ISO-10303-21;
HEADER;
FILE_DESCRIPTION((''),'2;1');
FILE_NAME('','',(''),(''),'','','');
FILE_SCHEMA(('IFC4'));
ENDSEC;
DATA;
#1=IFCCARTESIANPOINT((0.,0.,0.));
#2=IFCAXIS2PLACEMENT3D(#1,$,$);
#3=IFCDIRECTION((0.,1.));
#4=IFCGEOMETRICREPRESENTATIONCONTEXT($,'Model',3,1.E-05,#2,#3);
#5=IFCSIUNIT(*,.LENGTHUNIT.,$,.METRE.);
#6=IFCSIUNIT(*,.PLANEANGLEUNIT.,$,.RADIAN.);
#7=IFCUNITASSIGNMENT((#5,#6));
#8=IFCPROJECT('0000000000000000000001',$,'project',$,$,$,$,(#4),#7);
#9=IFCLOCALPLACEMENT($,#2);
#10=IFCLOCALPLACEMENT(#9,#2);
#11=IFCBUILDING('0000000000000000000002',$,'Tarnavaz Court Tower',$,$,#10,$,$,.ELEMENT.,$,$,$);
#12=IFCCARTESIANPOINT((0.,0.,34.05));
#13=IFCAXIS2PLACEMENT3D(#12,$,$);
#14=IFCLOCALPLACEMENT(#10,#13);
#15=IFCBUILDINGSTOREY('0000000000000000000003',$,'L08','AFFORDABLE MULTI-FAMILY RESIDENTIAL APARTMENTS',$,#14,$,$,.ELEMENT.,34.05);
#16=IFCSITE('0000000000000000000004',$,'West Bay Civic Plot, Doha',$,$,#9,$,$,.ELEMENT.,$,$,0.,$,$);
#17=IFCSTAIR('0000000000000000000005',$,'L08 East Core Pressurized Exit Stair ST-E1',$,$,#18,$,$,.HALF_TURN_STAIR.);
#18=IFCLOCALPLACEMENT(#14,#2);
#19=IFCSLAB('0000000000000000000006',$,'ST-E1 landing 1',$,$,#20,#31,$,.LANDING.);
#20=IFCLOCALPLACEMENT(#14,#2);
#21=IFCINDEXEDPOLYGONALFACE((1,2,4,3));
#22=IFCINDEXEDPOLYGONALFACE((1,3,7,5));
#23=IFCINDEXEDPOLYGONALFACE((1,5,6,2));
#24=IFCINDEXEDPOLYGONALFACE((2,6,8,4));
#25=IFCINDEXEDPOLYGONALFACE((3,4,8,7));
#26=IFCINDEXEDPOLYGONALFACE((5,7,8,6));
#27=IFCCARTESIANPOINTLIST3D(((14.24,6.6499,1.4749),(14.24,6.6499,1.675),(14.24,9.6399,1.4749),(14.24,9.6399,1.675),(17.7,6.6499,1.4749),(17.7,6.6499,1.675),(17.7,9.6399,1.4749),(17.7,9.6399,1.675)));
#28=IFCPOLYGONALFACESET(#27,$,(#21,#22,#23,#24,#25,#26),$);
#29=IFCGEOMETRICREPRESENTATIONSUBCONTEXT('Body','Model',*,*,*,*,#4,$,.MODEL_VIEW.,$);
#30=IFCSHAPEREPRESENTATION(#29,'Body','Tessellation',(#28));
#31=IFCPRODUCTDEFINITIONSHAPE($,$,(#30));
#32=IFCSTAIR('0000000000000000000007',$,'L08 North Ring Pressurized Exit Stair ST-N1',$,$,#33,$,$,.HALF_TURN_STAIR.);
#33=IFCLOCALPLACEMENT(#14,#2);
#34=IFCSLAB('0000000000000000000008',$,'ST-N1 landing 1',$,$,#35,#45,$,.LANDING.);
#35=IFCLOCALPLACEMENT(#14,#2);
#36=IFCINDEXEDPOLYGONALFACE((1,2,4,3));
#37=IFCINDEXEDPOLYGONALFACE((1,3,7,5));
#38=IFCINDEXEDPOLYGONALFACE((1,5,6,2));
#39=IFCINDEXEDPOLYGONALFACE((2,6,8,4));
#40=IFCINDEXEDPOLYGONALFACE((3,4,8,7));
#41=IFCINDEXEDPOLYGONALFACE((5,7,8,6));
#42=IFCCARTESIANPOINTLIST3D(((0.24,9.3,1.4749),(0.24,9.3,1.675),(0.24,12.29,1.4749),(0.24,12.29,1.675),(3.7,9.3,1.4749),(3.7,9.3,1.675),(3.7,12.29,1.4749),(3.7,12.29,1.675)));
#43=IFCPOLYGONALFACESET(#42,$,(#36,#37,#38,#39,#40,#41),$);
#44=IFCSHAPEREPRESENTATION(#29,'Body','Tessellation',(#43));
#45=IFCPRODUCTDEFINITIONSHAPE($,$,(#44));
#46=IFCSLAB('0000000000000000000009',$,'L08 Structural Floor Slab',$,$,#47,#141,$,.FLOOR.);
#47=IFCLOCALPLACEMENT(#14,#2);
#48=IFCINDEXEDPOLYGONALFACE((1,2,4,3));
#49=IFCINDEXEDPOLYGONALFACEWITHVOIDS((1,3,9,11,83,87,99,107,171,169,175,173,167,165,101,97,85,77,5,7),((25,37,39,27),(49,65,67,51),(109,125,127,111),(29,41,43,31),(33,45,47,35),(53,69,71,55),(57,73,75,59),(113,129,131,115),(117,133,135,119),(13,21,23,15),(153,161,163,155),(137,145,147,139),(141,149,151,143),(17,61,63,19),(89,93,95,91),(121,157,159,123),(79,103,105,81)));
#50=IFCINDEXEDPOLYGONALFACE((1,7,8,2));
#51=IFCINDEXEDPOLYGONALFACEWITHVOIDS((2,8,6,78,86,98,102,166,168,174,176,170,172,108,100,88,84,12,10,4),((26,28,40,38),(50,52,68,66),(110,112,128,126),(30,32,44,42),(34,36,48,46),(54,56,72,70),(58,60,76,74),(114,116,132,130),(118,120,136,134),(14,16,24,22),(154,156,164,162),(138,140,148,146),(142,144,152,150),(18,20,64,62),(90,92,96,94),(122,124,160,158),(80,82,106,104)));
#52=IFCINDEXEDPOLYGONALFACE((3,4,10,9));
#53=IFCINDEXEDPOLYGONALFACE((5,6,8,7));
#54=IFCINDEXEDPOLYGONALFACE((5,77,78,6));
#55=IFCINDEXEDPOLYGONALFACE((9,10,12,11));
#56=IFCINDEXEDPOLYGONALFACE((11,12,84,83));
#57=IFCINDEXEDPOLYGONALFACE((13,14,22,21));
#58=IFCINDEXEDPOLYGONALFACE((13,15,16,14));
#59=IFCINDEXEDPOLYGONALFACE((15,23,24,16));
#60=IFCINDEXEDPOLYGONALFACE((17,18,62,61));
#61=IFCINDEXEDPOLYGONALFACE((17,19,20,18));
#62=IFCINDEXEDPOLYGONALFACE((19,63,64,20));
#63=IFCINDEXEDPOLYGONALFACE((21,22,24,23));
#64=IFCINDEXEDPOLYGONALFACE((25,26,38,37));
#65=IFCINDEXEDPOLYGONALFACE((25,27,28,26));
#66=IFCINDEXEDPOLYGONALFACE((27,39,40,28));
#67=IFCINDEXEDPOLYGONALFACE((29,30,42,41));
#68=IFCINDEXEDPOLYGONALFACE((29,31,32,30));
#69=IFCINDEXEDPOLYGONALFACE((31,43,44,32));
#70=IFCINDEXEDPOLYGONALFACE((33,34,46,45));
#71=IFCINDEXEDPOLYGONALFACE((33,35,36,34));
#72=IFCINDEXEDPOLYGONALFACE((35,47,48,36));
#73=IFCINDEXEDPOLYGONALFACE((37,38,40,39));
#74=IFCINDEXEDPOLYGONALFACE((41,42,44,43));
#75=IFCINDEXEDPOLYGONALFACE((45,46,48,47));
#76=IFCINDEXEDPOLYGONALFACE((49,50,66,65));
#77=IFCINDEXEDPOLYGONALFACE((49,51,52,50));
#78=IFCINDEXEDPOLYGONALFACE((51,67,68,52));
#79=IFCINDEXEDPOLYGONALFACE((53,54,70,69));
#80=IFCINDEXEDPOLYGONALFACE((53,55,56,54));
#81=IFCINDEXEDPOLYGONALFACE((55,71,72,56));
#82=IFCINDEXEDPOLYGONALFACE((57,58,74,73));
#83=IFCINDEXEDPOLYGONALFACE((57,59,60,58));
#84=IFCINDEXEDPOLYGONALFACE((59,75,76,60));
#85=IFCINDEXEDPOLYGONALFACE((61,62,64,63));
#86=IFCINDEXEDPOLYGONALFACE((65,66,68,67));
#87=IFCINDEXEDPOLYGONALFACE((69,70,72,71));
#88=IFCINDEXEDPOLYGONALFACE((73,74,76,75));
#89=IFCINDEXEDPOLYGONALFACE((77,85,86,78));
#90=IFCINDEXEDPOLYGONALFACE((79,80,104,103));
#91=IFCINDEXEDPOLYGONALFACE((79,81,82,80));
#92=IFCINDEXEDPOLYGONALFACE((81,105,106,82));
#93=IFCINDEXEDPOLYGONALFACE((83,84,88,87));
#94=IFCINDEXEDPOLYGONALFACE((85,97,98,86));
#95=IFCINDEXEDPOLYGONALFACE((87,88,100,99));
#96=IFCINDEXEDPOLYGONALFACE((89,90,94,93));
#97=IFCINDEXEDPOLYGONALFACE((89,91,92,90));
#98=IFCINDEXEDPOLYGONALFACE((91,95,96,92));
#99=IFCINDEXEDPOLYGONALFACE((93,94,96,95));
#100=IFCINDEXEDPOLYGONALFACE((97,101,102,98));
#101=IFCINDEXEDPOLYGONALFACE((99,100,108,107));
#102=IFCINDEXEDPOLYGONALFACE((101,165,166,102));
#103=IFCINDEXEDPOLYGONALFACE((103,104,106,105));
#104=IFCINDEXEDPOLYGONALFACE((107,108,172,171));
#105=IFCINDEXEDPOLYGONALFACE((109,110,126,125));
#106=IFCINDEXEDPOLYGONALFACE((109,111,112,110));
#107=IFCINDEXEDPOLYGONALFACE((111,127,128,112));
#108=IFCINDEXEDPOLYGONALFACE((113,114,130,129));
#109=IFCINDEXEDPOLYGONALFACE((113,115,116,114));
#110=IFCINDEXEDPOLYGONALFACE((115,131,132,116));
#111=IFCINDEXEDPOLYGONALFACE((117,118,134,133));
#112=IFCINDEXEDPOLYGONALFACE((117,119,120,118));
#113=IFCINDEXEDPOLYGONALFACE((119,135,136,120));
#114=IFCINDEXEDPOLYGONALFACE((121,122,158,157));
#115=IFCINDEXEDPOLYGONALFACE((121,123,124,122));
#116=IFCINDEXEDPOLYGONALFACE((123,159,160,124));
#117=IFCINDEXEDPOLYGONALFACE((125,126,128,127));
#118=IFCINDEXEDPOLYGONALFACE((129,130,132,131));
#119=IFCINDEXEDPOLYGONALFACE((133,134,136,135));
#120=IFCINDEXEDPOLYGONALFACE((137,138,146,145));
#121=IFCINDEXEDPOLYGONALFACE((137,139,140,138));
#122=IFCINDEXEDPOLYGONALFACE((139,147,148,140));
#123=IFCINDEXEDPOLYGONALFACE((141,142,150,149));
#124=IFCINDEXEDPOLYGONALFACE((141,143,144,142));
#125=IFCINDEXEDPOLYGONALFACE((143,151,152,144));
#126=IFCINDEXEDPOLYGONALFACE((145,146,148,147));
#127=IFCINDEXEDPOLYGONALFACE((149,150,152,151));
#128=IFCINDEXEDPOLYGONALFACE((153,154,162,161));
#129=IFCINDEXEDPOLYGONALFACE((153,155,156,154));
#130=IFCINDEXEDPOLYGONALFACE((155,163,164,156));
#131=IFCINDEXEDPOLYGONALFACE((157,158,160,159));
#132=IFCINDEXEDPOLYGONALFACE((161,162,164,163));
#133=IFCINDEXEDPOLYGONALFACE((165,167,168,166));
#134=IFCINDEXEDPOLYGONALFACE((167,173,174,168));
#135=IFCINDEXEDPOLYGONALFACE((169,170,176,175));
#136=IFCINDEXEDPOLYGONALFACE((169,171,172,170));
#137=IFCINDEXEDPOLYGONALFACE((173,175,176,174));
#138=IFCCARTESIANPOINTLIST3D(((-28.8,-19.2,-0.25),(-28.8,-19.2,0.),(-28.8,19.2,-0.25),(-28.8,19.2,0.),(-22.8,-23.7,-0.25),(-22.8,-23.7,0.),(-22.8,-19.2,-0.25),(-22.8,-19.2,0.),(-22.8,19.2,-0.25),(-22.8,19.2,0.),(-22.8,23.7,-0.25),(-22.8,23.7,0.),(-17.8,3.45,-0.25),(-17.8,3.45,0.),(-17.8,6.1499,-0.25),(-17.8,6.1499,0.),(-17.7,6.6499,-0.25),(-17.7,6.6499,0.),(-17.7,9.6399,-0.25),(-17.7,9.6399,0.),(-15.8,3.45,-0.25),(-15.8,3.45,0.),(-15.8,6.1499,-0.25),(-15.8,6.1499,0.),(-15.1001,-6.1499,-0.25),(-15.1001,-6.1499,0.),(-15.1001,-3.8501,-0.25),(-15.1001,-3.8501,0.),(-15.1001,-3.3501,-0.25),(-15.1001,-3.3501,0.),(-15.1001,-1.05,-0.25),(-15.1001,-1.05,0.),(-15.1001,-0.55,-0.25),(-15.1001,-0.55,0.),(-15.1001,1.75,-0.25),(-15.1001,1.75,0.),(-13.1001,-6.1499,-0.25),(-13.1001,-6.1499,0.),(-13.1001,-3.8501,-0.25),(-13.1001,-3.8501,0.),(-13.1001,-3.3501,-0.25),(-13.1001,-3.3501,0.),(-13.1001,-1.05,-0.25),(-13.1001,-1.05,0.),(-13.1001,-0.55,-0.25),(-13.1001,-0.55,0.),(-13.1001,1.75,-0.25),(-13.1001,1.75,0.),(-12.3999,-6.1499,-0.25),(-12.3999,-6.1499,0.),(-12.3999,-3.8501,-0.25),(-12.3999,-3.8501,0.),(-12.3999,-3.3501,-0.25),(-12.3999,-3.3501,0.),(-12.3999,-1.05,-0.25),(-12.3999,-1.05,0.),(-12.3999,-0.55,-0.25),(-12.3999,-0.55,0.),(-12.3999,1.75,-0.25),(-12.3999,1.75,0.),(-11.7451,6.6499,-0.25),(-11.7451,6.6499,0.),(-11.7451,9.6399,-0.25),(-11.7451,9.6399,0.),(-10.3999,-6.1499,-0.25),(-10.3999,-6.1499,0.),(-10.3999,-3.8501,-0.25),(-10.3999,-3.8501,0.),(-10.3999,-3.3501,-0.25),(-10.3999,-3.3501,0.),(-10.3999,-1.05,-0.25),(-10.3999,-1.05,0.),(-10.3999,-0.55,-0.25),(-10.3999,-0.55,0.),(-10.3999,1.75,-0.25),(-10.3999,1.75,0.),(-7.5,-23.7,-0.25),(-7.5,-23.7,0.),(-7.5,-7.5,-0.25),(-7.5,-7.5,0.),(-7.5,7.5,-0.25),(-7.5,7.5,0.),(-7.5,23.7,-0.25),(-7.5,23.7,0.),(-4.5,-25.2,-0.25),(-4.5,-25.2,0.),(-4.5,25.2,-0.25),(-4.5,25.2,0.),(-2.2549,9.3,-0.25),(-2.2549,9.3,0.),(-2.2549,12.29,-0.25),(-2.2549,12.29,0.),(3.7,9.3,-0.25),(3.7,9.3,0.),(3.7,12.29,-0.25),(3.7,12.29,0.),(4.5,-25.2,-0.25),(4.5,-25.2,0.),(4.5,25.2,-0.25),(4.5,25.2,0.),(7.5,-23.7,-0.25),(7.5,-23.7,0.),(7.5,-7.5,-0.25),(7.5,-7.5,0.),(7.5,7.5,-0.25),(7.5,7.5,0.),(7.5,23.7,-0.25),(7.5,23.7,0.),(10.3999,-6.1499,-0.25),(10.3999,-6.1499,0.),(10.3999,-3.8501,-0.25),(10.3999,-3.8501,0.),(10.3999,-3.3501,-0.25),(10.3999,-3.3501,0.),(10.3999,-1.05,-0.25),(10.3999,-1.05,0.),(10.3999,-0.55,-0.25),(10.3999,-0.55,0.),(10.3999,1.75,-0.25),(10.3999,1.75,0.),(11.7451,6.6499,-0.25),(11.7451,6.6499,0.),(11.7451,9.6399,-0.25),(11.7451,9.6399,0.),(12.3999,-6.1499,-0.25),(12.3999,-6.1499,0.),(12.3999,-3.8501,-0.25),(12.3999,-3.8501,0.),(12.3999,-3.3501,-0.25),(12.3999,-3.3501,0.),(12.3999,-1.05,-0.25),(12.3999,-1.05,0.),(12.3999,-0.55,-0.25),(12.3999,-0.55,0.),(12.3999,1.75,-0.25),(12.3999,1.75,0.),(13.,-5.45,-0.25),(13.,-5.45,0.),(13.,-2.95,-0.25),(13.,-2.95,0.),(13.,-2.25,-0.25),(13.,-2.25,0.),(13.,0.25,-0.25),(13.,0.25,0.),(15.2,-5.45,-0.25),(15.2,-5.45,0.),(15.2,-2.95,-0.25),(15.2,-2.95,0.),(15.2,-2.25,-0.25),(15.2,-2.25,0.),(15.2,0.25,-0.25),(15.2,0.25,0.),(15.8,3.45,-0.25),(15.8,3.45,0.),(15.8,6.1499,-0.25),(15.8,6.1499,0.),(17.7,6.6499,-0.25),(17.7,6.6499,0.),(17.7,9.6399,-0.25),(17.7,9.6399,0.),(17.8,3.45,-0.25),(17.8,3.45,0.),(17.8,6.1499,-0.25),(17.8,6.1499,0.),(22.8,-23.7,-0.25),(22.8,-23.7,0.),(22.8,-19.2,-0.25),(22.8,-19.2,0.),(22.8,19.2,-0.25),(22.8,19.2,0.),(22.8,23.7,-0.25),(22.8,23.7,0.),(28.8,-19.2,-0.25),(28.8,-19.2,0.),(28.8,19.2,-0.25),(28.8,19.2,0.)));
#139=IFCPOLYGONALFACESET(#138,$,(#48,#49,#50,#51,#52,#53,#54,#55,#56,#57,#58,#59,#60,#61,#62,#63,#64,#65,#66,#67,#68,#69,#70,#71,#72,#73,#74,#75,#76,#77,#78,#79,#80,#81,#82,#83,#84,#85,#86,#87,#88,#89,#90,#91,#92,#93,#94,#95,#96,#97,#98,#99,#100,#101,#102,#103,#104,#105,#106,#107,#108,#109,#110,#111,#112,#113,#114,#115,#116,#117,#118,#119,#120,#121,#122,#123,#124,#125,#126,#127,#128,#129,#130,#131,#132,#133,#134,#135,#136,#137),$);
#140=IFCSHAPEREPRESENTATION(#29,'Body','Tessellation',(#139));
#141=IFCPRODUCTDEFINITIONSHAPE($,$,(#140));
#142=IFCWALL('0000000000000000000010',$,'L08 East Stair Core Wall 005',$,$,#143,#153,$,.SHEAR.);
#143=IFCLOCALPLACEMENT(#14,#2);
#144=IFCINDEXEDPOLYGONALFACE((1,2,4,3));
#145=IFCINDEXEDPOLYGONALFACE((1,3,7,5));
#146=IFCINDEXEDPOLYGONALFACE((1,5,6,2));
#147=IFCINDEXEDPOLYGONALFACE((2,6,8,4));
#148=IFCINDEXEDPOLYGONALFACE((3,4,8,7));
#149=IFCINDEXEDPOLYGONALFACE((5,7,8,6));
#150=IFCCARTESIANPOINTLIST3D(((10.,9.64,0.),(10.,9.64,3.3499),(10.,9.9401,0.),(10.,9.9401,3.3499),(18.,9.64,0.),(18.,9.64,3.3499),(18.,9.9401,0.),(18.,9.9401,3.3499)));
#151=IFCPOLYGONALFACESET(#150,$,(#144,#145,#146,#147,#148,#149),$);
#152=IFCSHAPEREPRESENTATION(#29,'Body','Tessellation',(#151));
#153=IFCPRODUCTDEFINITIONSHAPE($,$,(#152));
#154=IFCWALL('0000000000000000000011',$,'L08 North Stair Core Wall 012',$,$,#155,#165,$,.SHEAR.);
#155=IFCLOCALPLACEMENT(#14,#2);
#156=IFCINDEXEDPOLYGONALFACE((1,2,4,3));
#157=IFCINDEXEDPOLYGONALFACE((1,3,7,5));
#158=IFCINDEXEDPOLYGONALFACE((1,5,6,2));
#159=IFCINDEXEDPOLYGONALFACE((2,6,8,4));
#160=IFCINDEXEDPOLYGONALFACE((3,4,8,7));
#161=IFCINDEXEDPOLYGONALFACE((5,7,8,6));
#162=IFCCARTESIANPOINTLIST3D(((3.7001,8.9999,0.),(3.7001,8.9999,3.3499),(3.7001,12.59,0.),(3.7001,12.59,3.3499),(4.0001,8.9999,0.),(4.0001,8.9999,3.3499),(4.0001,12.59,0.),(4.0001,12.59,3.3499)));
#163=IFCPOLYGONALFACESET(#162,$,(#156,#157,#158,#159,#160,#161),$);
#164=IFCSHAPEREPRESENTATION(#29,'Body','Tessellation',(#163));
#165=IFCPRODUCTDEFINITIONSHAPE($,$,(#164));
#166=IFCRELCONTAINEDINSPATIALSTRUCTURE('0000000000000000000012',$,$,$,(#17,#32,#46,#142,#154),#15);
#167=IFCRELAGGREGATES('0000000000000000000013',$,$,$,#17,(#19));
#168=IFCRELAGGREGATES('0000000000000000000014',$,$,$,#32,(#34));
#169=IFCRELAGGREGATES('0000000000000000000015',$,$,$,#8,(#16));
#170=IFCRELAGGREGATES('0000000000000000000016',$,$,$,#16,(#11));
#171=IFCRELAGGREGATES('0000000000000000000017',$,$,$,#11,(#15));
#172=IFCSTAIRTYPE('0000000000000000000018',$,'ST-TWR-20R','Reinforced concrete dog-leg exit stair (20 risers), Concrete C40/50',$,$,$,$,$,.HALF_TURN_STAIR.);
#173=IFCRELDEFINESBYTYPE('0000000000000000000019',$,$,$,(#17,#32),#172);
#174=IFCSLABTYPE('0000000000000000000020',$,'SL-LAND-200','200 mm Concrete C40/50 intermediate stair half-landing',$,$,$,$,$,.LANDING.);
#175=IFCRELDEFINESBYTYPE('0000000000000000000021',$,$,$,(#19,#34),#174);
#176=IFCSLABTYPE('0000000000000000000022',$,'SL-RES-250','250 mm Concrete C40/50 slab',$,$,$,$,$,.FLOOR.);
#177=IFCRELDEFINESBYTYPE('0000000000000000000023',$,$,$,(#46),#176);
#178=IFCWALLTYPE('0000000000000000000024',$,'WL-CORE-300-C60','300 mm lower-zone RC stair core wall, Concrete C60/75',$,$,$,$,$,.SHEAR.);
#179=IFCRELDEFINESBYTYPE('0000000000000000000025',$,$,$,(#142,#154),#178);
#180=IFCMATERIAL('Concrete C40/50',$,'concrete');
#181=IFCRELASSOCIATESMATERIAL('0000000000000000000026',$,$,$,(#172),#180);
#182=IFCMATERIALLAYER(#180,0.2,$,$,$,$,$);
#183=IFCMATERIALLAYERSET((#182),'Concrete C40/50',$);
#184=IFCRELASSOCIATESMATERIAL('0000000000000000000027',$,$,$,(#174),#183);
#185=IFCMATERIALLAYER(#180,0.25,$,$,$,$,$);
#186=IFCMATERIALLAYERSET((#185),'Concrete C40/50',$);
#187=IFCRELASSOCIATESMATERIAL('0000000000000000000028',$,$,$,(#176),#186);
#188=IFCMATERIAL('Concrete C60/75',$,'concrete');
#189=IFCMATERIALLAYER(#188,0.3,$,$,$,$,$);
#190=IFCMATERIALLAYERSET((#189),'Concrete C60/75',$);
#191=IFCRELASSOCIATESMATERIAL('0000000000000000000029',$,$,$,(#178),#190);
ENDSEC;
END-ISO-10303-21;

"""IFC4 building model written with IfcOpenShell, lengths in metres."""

from ifc_helpers import new_model, si_unit, direction, frame, frame_2d, origin, place, context, subcontext, project, spatial, polyline, rectangle, outline, extrude, material, layer, layer_set, type_object, element, aggregate, save


model = new_model("IFC4")

# Units and contexts
model_context = context("Model", 3, precision=1e-05, world=origin(), true_north=direction((0.0, 1.0)))
body_context = subcontext(model_context, "Body", "Model", "MODEL_VIEW")
ifc_project = project(units=[si_unit("LENGTHUNIT", "METRE"), si_unit("PLANEANGLEUNIT", "RADIAN")], contexts=[model_context])

# Site, building, storey
site_placement = place(None, origin())
site = spatial("IfcSite", under=ifc_project, at=site_placement, Name="West Bay Civic Plot, Doha", CompositionType="ELEMENT", RefElevation=0.0)
building_placement = place(site_placement, origin())
building = spatial("IfcBuilding", under=site, at=building_placement, Name="Tarnavaz Court Tower", CompositionType="ELEMENT")
storey_placement = place(building_placement, frame((0.0, 0.0, 34.05)))
storey = spatial("IfcBuildingStorey", under=building, at=storey_placement, Name="L08", Description="AFFORDABLE MULTI-FAMILY RESIDENTIAL APARTMENTS", CompositionType="ELEMENT", Elevation=34.05)

# Shared definitions
ifc_material_1 = material(Name="Concrete C60/75", Category="concrete")

# Stairs, slabs
ifc_material_2 = material(Name="Concrete C40/50", Category="concrete")
stair_type = type_object("IfcStairType", Name="ST-TWR-20R", Description="Reinforced concrete dog-leg exit stair (20 risers), Concrete C40/50", PredefinedType="HALF_TURN_STAIR", material=ifc_material_2)
ifc_layer_1 = layer(ifc_material_2, 0.2)
ifc_layer_set_1 = layer_set([ifc_layer_1], Name="Concrete C40/50")
slab_type_1 = type_object("IfcSlabType", Name="SL-LAND-200", Description="200 mm Concrete C40/50 intermediate stair half-landing", PredefinedType="LANDING", material=ifc_layer_set_1)
stair_1_placement = place(storey_placement, origin())
stair_1 = element("IfcStair", 1, at=stair_1_placement, inside=storey, type_object=stair_type, Name="L08 East Core Pressurized Exit Stair ST-E1", PredefinedType="HALF_TURN_STAIR")
slab_1_placement = place(storey_placement, frame((0.0, 0.0, 1.4749)))
slab_1 = element("IfcSlab", 2, at=slab_1_placement, type_object=slab_type_1, Name="ST-E1 landing 1", PredefinedType="LANDING", context=body_context, shape_type="SweptSolid", body=[
    extrude(outline(polyline([(14.24, 6.6499), (17.7, 6.6499), (17.7, 9.6399), (14.24, 9.6399), (14.24, 6.6499)])), origin(), (0.0, 0.0, 1.0), 0.2002),
])
aggregate(stair_1, [slab_1])
stair_2_placement = place(storey_placement, origin())
stair_2 = element("IfcStair", 3, at=stair_2_placement, inside=storey, type_object=stair_type, Name="L08 North Ring Pressurized Exit Stair ST-N1", PredefinedType="HALF_TURN_STAIR")
slab_2_placement = place(storey_placement, frame((0.0, 0.0, 1.4749)))
slab_2 = element("IfcSlab", 4, at=slab_2_placement, type_object=slab_type_1, Name="ST-N1 landing 1", PredefinedType="LANDING", context=body_context, shape_type="SweptSolid", body=[
    extrude(outline(polyline([(0.24, 9.3), (3.7, 9.3), (3.7, 12.29), (0.24, 12.29), (0.24, 9.3)])), origin(), (0.0, 0.0, 1.0), 0.2002),
])

# Slab
ifc_layer_2 = layer(ifc_material_2, 0.25)
ifc_layer_set_2 = layer_set([ifc_layer_2], Name="Concrete C40/50")
slab_type_2 = type_object("IfcSlabType", Name="SL-RES-250", Description="250 mm Concrete C40/50 slab", PredefinedType="FLOOR", material=ifc_layer_set_2)
slab_3_placement = place(storey_placement, frame((0.0, 0.0, -0.25)))
element("IfcSlab", 5, at=slab_3_placement, inside=storey, type_object=slab_type_2, Name="L08 Structural Floor Slab", PredefinedType="FLOOR", context=body_context, shape_type="SweptSolid", body=[
    extrude(outline(polyline([(-22.8, -23.7), (-7.5, -23.7), (-4.5, -25.2), (4.5, -25.2), (7.5, -23.7), (22.8, -23.7), (22.8, -19.2), (28.8, -19.2), (28.8, 19.2), (22.8, 19.2), (22.8, 23.7), (7.5, 23.7), (4.5, 25.2), (-4.5, 25.2), (-7.5, 23.7), (-22.8, 23.7), (-22.8, 19.2), (-28.8, 19.2), (-28.8, -19.2), (-22.8, -19.2), (-22.8, -23.7)]), holes=[polyline([(-7.5, -7.5), (7.5, -7.5), (7.5, 7.5), (-7.5, 7.5), (-7.5, -7.5)]), polyline([(-11.7451, 9.6399), (-17.7, 9.6399), (-17.7, 6.6499), (-11.7451, 6.6499), (-11.7451, 9.6399)]), polyline([(11.7451, 6.6499), (17.7, 6.6499), (17.7, 9.6399), (11.7451, 9.6399), (11.7451, 6.6499)]), polyline([(-2.2549, 9.3), (3.7, 9.3), (3.7, 12.29), (-2.2549, 12.29), (-2.2549, 9.3)]), polyline([(-17.8, 3.45), (-15.8, 3.45), (-15.8, 6.1499), (-17.8, 6.1499), (-17.8, 3.45)]), polyline([(-12.3999, -6.1499), (-10.3999, -6.1499), (-10.3999, -3.8501), (-12.3999, -3.8501), (-12.3999, -6.1499)]), polyline([(-12.3999, -3.3501), (-10.3999, -3.3501), (-10.3999, -1.05), (-12.3999, -1.05), (-12.3999, -3.3501)]), polyline([(-12.3999, -0.55), (-10.3999, -0.55), (-10.3999, 1.75), (-12.3999, 1.75), (-12.3999, -0.55)]), polyline([(-15.1001, -6.1499), (-13.1001, -6.1499), (-13.1001, -3.8501), (-15.1001, -3.8501), (-15.1001, -6.1499)]), polyline([(-15.1001, -3.3501), (-13.1001, -3.3501), (-13.1001, -1.05), (-15.1001, -1.05), (-15.1001, -3.3501)]), polyline([(-15.1001, -0.55), (-13.1001, -0.55), (-13.1001, 1.75), (-15.1001, 1.75), (-15.1001, -0.55)]), polyline([(15.8, 3.45), (17.8, 3.45), (17.8, 6.1499), (15.8, 6.1499), (15.8, 3.45)]), polyline([(10.3999, -6.1499), (12.3999, -6.1499), (12.3999, -3.8501), (10.3999, -3.8501), (10.3999, -6.1499)]), polyline([(10.3999, -3.3501), (12.3999, -3.3501), (12.3999, -1.05), (10.3999, -1.05), (10.3999, -3.3501)]), polyline([(10.3999, -0.55), (12.3999, -0.55), (12.3999, 1.75), (10.3999, 1.75), (10.3999, -0.55)]), polyline([(13.0, -5.45), (15.2, -5.45), (15.2, -2.95), (13.0, -2.95), (13.0, -5.45)]), polyline([(13.0, -2.25), (15.2, -2.25), (15.2, 0.25), (13.0, 0.25), (13.0, -2.25)])]), origin(), (0.0, 0.0, 1.0), 0.25),
])

# Wall
ifc_layer_3 = layer(ifc_material_1, 0.3)
ifc_layer_set_3 = layer_set([ifc_layer_3], Name="Concrete C60/75")
wall_type_1 = type_object("IfcWallType", Name="WL-CORE-300-C60", Description="300 mm lower-zone RC stair core wall, Concrete C60/75", PredefinedType="SHEAR", material=ifc_layer_set_3)
wall_1_placement = place(storey_placement, frame((10.0, 9.79, 0.0), z_axis=(0.0, 0.0, 1.0), x_axis=(1.0, 0.0, 0.0)))
element("IfcWall", 6, at=wall_1_placement, inside=storey, type_object=wall_type_1, Name="L08 East Stair Core Wall 005", PredefinedType="SHEAR", context=body_context, shape_type="SweptSolid", body=[
    extrude(rectangle(XDim=8.0, YDim=0.3, at=frame_2d((4.0, 0.0))), origin(), (0.0, 0.0, 1.0), 3.3499),
])

# Wall
wall_2_placement = place(storey_placement, frame((3.8501, 9.0, 0.0), z_axis=(0.0, 0.0, 1.0), x_axis=(0.0, 1.0, 0.0)))
element("IfcWall", 7, at=wall_2_placement, inside=storey, type_object=wall_type_1, Name="L08 North Stair Core Wall 012", PredefinedType="SHEAR", context=body_context, shape_type="SweptSolid", body=[
    extrude(rectangle(XDim=3.5901, YDim=0.3, at=frame_2d((1.7949, 0.0))), origin(), (0.0, 0.0, 1.0), 3.3499),
])

aggregate(stair_2, [slab_2])

save(model, "model.ifc")
